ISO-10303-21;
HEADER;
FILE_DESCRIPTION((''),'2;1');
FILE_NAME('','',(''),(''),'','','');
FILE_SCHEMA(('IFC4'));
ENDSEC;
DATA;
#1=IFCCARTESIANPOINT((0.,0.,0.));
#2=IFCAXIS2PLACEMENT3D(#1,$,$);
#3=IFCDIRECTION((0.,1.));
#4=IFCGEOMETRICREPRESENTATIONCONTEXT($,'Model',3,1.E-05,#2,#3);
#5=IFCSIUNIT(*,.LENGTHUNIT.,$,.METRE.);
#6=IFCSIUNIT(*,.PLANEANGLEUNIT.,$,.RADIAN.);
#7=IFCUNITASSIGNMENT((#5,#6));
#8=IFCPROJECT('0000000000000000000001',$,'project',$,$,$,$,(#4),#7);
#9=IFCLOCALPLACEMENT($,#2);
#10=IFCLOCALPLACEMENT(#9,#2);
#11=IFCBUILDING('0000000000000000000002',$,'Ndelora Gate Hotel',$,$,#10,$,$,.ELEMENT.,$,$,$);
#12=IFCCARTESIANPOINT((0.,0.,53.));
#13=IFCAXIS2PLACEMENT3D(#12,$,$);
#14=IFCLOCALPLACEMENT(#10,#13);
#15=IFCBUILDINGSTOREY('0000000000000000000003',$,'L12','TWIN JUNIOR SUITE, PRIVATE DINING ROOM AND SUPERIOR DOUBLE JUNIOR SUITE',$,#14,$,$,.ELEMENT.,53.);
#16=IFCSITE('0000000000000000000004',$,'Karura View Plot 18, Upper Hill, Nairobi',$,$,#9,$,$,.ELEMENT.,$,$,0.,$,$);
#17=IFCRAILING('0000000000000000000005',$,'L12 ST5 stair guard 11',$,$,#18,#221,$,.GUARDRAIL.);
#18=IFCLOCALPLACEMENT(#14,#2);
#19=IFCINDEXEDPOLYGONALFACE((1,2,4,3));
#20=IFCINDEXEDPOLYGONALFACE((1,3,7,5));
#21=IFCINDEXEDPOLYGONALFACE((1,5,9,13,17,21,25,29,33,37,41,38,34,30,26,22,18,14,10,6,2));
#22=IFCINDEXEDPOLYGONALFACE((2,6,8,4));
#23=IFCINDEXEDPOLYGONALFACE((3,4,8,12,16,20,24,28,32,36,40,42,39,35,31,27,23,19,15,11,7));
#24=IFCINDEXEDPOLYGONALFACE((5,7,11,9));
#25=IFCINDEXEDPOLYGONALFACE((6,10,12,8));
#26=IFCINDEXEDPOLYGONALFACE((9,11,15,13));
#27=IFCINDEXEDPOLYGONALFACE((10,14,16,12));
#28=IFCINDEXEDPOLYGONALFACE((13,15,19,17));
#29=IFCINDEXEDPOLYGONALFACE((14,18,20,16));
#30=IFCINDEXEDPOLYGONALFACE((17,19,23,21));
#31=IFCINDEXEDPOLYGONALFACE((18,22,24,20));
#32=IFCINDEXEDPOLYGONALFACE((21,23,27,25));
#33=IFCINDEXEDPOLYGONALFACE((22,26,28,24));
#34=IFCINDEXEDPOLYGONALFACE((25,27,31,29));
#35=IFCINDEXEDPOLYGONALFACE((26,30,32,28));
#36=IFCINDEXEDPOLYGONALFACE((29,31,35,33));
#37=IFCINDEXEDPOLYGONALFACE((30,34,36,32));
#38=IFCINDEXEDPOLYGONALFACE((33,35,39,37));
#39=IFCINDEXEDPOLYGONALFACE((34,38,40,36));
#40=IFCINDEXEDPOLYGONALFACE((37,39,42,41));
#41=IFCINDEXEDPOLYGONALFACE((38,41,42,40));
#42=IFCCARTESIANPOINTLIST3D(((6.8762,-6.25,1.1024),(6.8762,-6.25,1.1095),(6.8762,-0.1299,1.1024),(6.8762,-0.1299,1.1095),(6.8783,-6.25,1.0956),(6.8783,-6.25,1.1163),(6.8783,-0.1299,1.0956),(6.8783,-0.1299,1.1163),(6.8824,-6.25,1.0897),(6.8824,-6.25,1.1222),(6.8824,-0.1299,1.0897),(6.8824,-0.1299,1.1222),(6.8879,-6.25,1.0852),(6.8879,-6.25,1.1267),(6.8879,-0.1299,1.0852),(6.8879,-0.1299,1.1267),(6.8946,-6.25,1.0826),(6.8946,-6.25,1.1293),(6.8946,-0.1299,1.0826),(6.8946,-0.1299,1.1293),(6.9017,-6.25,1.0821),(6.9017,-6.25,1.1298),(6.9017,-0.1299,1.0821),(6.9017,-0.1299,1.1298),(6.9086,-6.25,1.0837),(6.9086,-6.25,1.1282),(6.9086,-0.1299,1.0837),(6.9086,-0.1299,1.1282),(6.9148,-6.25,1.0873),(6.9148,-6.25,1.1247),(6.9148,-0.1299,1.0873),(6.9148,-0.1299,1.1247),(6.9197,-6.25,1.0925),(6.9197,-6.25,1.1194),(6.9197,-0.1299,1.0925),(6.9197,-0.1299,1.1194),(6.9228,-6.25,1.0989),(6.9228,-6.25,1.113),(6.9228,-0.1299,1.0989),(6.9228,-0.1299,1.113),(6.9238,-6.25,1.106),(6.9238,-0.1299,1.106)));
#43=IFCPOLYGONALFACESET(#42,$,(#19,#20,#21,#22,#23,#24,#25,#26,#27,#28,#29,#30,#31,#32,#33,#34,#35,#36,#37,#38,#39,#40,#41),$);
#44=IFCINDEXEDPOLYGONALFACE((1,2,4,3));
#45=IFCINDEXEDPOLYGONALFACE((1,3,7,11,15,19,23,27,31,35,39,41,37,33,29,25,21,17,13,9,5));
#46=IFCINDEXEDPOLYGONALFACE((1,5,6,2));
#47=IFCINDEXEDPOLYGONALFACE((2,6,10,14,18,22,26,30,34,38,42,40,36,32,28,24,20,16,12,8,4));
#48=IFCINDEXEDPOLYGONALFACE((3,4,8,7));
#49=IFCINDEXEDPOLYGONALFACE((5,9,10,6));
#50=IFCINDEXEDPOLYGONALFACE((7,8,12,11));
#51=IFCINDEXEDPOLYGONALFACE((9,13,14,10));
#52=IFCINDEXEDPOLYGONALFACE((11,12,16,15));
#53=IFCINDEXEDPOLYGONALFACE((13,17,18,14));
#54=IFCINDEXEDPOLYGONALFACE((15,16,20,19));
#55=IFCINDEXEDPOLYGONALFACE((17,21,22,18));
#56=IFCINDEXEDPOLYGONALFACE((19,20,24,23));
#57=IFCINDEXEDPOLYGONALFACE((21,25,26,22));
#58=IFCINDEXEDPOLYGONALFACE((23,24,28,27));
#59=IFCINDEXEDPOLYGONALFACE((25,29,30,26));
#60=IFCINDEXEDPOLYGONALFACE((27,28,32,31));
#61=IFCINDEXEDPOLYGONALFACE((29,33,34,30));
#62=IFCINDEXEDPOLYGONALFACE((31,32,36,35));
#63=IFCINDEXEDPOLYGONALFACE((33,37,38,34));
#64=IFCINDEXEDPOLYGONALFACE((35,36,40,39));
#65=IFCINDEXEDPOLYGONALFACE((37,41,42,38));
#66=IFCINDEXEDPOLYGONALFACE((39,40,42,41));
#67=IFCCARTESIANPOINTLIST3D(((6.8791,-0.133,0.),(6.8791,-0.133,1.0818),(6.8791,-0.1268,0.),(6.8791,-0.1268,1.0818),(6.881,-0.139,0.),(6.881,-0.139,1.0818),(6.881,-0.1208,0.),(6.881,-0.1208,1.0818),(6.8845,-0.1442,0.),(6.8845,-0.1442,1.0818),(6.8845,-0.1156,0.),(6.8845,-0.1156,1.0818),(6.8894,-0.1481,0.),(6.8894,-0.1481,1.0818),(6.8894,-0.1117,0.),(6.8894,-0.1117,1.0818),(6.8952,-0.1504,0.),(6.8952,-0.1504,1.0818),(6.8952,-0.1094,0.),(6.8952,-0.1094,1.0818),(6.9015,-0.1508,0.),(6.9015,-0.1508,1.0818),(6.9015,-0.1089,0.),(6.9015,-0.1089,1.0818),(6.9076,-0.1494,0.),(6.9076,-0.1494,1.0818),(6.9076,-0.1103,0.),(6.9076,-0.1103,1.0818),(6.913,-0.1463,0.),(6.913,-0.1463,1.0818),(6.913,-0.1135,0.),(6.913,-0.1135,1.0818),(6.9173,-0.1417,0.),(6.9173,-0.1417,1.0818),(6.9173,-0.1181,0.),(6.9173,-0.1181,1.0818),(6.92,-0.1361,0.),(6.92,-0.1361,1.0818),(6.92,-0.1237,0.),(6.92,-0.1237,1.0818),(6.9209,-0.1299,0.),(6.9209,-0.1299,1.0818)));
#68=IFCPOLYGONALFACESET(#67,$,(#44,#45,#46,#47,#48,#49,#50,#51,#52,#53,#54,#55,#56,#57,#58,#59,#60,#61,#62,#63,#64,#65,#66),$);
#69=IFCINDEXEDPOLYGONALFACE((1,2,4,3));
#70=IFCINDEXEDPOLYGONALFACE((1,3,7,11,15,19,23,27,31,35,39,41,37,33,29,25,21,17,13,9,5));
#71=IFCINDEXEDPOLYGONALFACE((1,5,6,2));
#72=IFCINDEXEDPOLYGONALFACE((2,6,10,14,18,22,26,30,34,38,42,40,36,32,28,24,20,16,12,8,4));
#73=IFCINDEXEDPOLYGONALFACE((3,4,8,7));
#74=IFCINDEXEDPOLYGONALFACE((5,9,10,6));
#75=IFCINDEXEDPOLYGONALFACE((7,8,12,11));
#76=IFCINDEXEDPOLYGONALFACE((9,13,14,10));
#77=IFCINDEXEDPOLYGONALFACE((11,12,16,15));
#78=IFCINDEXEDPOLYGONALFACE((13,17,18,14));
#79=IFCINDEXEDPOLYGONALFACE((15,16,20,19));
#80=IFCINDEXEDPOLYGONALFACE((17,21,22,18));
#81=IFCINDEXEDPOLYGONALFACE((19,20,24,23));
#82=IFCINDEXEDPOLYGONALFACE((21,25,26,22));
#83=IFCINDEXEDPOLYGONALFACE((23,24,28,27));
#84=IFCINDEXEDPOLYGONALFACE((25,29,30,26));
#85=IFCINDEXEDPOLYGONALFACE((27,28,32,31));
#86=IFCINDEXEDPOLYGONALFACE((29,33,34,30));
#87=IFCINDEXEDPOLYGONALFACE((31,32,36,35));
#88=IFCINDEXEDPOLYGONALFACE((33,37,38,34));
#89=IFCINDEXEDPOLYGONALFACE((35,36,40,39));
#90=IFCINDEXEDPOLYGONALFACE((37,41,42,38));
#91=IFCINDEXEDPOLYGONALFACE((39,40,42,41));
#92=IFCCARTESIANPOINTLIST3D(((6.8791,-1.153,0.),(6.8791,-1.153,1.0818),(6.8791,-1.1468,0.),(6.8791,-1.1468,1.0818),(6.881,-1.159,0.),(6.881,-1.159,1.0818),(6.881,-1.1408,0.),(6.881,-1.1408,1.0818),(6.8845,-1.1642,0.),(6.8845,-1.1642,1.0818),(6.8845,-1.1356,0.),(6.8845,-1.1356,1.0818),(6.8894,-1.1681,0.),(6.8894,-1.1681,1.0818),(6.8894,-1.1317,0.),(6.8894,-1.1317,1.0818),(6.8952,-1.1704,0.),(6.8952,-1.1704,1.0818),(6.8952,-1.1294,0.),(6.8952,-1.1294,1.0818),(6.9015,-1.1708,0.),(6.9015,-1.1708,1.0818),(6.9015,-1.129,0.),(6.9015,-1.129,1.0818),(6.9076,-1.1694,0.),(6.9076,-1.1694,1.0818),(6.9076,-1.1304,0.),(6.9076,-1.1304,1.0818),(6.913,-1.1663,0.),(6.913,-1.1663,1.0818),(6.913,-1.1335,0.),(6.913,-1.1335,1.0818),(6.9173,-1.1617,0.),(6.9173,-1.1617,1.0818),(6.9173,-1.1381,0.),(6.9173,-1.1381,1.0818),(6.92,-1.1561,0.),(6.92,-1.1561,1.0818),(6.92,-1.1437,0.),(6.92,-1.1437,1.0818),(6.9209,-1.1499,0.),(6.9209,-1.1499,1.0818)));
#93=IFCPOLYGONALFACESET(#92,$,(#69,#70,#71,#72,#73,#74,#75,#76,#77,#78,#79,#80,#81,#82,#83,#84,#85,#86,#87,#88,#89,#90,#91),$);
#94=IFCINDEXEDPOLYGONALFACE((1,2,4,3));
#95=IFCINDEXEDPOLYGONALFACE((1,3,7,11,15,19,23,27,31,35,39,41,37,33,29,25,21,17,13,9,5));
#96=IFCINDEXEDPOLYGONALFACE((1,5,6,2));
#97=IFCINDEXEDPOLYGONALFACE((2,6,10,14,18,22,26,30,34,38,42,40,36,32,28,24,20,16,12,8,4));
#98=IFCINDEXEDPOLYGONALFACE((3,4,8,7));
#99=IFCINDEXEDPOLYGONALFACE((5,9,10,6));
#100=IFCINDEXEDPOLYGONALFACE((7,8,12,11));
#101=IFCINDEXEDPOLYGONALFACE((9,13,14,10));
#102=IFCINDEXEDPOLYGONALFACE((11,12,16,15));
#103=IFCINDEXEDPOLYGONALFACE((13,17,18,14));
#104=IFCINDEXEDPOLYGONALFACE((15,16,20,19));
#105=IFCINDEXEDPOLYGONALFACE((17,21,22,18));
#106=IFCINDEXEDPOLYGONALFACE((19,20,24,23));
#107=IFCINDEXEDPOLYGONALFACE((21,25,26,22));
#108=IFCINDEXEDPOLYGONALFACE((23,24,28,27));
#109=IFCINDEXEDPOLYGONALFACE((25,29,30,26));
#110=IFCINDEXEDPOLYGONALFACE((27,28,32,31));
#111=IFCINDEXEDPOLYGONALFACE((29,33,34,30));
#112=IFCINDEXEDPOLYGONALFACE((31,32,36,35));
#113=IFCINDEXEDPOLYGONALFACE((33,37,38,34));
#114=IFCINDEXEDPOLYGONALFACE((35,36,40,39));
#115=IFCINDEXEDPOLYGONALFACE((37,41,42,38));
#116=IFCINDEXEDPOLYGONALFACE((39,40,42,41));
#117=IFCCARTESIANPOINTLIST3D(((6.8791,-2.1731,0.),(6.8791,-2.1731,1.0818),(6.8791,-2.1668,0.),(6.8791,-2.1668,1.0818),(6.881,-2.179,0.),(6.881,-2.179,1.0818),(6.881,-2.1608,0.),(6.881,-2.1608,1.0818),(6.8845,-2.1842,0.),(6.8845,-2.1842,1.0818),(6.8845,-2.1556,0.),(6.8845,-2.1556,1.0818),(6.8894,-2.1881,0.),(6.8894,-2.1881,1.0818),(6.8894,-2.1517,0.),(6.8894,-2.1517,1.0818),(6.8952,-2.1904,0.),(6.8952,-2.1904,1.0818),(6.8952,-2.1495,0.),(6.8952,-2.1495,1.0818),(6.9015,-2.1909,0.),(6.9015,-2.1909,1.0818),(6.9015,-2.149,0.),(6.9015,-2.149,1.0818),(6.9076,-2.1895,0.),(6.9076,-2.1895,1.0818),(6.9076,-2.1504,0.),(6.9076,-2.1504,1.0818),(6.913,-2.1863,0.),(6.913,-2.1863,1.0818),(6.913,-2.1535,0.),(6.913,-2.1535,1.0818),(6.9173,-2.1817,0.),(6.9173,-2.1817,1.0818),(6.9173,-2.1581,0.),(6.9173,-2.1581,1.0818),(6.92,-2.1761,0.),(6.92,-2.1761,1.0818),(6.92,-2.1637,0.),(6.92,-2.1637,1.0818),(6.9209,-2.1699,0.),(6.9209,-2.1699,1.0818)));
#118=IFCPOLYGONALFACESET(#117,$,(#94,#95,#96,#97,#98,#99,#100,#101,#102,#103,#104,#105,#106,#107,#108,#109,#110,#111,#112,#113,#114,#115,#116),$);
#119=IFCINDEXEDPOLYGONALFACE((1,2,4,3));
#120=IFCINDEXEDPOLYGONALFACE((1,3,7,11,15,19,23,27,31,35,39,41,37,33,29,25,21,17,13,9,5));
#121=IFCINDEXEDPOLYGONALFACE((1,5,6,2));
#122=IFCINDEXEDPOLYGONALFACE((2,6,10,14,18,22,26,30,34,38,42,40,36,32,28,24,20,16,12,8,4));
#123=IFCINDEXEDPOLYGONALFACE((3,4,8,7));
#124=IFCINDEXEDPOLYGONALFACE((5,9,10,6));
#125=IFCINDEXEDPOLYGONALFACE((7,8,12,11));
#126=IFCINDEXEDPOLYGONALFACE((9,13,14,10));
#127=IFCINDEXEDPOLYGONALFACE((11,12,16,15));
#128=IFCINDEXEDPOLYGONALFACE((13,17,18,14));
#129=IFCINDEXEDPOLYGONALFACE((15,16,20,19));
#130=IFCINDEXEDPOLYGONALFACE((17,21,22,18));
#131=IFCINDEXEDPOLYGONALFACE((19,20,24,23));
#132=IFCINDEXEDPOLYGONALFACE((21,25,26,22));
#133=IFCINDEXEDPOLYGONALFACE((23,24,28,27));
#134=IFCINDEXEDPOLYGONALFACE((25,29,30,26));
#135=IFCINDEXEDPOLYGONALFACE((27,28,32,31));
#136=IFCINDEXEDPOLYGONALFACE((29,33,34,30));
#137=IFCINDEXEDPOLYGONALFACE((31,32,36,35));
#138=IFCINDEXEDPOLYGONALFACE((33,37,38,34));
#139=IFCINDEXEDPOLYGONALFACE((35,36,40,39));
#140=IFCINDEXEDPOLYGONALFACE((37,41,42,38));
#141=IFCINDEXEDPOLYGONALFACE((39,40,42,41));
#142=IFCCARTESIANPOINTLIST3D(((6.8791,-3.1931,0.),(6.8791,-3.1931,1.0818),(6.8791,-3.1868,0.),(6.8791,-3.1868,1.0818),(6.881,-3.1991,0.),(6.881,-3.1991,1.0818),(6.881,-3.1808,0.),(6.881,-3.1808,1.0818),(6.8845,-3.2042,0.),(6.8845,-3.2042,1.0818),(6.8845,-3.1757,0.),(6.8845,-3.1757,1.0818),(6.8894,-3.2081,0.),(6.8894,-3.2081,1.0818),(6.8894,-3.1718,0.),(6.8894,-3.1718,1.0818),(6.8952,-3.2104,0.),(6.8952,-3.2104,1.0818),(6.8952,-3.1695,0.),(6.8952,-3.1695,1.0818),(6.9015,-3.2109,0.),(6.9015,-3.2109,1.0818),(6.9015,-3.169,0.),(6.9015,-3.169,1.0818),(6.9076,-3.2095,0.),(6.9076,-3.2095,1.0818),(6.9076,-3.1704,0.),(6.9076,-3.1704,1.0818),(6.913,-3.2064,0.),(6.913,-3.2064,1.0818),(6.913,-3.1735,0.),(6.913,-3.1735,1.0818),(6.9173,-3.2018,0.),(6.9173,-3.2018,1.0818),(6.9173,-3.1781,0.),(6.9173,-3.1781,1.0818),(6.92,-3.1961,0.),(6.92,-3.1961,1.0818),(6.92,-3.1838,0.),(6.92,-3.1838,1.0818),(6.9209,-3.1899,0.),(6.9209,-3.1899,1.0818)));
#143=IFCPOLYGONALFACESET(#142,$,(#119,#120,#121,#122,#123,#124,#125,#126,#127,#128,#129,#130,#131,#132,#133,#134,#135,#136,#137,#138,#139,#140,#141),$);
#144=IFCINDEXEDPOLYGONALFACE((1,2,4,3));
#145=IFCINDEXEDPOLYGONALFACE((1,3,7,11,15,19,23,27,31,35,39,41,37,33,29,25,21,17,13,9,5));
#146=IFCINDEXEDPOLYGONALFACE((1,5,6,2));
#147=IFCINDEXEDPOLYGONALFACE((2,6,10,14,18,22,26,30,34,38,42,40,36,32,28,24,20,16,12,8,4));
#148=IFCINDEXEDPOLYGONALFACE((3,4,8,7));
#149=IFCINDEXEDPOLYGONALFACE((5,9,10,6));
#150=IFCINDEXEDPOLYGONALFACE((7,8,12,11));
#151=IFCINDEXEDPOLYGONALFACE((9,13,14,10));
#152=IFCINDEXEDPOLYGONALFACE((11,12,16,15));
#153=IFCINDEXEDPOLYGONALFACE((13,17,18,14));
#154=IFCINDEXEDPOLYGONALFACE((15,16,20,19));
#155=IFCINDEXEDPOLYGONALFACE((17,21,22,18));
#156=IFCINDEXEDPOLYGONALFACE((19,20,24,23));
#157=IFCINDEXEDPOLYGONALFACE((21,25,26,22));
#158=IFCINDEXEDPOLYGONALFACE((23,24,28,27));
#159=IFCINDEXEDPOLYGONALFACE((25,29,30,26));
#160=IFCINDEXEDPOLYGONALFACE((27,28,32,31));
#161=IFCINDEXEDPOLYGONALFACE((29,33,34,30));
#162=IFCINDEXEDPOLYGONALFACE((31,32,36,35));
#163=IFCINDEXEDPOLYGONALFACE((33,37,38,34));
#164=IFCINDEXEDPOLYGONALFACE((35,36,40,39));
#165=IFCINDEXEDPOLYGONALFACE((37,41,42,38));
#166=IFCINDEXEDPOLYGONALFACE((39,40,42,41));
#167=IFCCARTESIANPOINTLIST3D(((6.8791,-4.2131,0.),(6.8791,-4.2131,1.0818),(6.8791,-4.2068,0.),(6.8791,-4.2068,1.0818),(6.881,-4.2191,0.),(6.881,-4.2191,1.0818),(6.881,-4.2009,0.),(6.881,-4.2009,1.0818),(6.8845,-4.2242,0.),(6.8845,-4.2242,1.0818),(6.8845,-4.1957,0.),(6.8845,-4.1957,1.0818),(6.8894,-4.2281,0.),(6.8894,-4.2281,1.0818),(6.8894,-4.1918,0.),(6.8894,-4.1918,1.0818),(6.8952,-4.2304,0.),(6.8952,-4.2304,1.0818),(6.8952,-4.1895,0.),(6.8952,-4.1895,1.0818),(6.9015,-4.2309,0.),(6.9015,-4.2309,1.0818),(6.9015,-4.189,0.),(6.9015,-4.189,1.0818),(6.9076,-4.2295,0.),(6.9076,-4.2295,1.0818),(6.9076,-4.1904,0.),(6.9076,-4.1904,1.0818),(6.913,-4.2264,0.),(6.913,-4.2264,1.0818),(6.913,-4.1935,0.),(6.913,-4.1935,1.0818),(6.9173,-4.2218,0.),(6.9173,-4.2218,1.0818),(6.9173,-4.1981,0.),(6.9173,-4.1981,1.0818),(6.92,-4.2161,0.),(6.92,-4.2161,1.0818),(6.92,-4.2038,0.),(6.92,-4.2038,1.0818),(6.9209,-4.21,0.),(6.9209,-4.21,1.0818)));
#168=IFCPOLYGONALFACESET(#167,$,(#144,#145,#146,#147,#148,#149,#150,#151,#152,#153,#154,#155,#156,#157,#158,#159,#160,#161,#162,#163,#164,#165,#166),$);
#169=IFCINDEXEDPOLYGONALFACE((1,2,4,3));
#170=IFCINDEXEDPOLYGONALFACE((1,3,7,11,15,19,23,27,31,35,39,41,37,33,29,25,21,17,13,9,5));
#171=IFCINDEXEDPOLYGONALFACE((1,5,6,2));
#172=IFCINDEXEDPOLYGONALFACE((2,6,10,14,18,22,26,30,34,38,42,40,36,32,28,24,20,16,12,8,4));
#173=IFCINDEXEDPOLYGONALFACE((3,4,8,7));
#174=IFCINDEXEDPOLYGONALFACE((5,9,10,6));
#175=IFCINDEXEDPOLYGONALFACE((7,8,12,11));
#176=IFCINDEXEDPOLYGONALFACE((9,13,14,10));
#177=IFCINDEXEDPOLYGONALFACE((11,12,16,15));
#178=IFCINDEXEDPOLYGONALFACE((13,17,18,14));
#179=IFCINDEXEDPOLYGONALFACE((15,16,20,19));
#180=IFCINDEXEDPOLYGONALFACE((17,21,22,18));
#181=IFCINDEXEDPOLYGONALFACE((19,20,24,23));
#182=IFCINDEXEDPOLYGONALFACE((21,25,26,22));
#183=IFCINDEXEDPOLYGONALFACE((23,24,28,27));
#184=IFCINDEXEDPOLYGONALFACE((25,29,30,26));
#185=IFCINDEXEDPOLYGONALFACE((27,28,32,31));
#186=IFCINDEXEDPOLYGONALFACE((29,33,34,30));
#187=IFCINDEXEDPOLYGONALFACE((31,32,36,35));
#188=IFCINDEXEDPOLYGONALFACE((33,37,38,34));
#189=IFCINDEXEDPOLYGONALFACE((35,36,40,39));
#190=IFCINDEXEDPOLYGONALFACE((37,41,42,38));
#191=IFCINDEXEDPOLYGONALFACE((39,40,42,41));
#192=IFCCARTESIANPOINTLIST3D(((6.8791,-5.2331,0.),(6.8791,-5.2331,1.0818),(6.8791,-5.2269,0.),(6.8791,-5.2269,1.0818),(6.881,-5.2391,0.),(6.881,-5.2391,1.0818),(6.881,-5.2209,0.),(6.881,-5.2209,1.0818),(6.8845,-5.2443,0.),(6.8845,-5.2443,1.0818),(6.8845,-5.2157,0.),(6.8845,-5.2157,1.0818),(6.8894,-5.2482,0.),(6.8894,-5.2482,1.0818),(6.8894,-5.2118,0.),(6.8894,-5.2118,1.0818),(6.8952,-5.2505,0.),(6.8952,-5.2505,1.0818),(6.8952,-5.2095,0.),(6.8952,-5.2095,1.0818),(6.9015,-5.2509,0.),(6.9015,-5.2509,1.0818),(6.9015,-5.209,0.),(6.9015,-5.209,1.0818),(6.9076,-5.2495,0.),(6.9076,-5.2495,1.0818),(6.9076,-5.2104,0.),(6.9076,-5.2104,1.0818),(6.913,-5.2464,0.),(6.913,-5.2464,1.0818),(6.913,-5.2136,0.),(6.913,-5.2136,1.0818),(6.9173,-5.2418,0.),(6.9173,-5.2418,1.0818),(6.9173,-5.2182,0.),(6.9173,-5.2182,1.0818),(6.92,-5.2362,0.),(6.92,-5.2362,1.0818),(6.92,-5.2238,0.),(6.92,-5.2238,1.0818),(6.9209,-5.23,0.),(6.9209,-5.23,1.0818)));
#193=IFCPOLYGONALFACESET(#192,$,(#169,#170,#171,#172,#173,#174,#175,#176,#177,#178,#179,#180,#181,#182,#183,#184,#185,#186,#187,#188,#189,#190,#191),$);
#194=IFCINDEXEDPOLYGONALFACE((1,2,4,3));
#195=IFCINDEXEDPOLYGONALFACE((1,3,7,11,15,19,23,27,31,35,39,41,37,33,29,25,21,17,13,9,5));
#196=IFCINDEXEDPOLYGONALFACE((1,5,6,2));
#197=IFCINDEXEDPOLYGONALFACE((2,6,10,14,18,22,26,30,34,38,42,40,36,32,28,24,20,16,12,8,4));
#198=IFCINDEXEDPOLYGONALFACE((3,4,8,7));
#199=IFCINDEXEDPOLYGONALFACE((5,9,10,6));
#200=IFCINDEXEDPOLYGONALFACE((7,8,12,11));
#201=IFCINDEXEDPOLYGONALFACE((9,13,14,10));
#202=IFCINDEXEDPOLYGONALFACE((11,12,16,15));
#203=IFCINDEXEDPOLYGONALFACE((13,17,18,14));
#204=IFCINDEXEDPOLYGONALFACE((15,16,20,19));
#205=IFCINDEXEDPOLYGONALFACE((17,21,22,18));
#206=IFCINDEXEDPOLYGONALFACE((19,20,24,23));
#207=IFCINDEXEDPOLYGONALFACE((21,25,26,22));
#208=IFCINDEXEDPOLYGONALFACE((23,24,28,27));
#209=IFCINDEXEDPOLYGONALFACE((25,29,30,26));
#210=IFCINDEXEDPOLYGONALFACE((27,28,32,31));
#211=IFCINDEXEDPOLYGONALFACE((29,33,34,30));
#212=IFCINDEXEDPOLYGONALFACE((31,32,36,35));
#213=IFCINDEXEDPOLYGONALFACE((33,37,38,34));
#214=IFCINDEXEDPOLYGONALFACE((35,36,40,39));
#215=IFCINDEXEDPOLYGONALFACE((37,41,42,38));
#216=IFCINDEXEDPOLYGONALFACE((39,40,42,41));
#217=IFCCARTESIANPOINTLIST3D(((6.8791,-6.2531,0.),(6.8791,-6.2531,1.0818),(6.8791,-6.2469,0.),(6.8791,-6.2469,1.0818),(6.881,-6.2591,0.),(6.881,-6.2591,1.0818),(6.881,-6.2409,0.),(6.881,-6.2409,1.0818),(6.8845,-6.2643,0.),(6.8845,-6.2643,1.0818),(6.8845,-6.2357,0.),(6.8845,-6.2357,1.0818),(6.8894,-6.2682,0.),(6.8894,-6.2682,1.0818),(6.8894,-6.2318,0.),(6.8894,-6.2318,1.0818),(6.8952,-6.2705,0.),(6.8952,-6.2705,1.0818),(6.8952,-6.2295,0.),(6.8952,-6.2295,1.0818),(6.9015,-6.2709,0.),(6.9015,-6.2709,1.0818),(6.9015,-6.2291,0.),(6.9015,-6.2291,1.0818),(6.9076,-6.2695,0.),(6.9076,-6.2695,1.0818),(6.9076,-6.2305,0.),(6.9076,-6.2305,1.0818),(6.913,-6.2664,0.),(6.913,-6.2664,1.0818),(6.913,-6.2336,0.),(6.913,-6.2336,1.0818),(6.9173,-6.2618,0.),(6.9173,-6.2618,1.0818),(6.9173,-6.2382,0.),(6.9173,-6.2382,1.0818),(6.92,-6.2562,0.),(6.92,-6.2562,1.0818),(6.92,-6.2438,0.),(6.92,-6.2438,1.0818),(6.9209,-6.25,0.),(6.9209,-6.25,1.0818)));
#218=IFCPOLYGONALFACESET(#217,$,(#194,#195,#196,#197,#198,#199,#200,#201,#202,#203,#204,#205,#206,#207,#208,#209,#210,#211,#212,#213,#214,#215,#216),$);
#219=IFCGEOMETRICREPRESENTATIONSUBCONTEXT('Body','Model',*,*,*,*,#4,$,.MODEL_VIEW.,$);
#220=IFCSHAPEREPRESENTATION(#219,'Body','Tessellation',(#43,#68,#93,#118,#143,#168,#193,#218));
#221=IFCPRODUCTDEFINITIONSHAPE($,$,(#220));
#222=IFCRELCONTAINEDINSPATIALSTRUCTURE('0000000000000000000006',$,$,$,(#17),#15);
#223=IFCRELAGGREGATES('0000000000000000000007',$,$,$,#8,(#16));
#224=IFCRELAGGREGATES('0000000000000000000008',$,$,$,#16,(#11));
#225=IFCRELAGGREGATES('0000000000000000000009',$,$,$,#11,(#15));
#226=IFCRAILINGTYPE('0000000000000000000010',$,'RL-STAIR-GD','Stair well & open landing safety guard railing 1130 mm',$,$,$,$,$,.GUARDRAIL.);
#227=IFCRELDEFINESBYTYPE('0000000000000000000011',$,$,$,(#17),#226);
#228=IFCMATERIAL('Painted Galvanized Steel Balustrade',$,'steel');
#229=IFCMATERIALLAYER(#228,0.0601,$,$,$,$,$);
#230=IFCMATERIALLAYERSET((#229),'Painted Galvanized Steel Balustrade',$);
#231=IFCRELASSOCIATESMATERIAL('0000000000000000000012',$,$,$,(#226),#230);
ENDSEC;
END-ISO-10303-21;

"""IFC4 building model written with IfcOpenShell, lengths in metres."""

from ifc_helpers import new_model, si_unit, direction, frame, origin, origin_2d, place, context, subcontext, project, spatial, circle, extrude, material, layer, layer_set, type_object, element, save


model = new_model("IFC4")

# Units and contexts
model_context = context("Model", 3, precision=1e-05, world=origin(), true_north=direction((0.0, 1.0)))
body_context = subcontext(model_context, "Body", "Model", "MODEL_VIEW")
ifc_project = project(units=[si_unit("LENGTHUNIT", "METRE"), si_unit("PLANEANGLEUNIT", "RADIAN")], contexts=[model_context])

# Site, building, storey
site_placement = place(None, origin())
site = spatial("IfcSite", under=ifc_project, at=site_placement, Name="Karura View Plot 18, Upper Hill, Nairobi", CompositionType="ELEMENT", RefElevation=0.0)
building_placement = place(site_placement, origin())
building = spatial("IfcBuilding", under=site, at=building_placement, Name="Ndelora Gate Hotel", CompositionType="ELEMENT")
storey_placement = place(building_placement, frame((0.0, 0.0, 53.0)))
storey = spatial("IfcBuildingStorey", under=building, at=storey_placement, Name="L12", Description="TWIN JUNIOR SUITE, PRIVATE DINING ROOM AND SUPERIOR DOUBLE JUNIOR SUITE", CompositionType="ELEMENT", Elevation=53.0)

# Railing
ifc_material_1 = material(Name="Painted Galvanized Steel Balustrade", Category="steel")
ifc_layer_1 = layer(ifc_material_1, 0.0601)
ifc_layer_set_1 = layer_set([ifc_layer_1], Name="Painted Galvanized Steel Balustrade")
railing_type = type_object("IfcRailingType", Name="RL-STAIR-GD", Description="Stair well & open landing safety guard railing 1130 mm", PredefinedType="GUARDRAIL", material=ifc_layer_set_1)
railing_placement = place(storey_placement, frame((6.8999, -0.1299, 0.0)))
element("IfcRailing", 1, at=railing_placement, inside=storey, type_object=railing_type, Name="L12 ST5 stair guard 11", PredefinedType="GUARDRAIL", context=body_context, shape_type="SweptSolid", body=[
    extrude(circle(Radius=0.0239, at=origin_2d()), frame((0.0, 0.0, 1.106), z_axis=(0.0, -1.0, 0.0), x_axis=(1.0, 0.0, 0.0)), (0.0, 0.0, 1.0), 6.1201),
    extrude(circle(Radius=0.021, at=origin_2d()), origin(), (0.0, 0.0, 1.0), 1.0818),
    extrude(circle(Radius=0.021, at=origin_2d()), frame((0.0, -1.02, 0.0)), (0.0, 0.0, 1.0), 1.0818),
    extrude(circle(Radius=0.021, at=origin_2d()), frame((0.0, -2.04, 0.0)), (0.0, 0.0, 1.0), 1.0818),
    extrude(circle(Radius=0.021, at=origin_2d()), frame((0.0, -3.0601, 0.0)), (0.0, 0.0, 1.0), 1.0818),
    extrude(circle(Radius=0.021, at=origin_2d()), frame((0.0, -4.0801, 0.0)), (0.0, 0.0, 1.0), 1.0818),
    extrude(circle(Radius=0.021, at=origin_2d()), frame((0.0, -5.1001, 0.0)), (0.0, 0.0, 1.0), 1.0818),
    extrude(circle(Radius=0.021, at=origin_2d()), frame((0.0, -6.1201, 0.0)), (0.0, 0.0, 1.0), 1.0818),
])

save(model, "model.ifc")
